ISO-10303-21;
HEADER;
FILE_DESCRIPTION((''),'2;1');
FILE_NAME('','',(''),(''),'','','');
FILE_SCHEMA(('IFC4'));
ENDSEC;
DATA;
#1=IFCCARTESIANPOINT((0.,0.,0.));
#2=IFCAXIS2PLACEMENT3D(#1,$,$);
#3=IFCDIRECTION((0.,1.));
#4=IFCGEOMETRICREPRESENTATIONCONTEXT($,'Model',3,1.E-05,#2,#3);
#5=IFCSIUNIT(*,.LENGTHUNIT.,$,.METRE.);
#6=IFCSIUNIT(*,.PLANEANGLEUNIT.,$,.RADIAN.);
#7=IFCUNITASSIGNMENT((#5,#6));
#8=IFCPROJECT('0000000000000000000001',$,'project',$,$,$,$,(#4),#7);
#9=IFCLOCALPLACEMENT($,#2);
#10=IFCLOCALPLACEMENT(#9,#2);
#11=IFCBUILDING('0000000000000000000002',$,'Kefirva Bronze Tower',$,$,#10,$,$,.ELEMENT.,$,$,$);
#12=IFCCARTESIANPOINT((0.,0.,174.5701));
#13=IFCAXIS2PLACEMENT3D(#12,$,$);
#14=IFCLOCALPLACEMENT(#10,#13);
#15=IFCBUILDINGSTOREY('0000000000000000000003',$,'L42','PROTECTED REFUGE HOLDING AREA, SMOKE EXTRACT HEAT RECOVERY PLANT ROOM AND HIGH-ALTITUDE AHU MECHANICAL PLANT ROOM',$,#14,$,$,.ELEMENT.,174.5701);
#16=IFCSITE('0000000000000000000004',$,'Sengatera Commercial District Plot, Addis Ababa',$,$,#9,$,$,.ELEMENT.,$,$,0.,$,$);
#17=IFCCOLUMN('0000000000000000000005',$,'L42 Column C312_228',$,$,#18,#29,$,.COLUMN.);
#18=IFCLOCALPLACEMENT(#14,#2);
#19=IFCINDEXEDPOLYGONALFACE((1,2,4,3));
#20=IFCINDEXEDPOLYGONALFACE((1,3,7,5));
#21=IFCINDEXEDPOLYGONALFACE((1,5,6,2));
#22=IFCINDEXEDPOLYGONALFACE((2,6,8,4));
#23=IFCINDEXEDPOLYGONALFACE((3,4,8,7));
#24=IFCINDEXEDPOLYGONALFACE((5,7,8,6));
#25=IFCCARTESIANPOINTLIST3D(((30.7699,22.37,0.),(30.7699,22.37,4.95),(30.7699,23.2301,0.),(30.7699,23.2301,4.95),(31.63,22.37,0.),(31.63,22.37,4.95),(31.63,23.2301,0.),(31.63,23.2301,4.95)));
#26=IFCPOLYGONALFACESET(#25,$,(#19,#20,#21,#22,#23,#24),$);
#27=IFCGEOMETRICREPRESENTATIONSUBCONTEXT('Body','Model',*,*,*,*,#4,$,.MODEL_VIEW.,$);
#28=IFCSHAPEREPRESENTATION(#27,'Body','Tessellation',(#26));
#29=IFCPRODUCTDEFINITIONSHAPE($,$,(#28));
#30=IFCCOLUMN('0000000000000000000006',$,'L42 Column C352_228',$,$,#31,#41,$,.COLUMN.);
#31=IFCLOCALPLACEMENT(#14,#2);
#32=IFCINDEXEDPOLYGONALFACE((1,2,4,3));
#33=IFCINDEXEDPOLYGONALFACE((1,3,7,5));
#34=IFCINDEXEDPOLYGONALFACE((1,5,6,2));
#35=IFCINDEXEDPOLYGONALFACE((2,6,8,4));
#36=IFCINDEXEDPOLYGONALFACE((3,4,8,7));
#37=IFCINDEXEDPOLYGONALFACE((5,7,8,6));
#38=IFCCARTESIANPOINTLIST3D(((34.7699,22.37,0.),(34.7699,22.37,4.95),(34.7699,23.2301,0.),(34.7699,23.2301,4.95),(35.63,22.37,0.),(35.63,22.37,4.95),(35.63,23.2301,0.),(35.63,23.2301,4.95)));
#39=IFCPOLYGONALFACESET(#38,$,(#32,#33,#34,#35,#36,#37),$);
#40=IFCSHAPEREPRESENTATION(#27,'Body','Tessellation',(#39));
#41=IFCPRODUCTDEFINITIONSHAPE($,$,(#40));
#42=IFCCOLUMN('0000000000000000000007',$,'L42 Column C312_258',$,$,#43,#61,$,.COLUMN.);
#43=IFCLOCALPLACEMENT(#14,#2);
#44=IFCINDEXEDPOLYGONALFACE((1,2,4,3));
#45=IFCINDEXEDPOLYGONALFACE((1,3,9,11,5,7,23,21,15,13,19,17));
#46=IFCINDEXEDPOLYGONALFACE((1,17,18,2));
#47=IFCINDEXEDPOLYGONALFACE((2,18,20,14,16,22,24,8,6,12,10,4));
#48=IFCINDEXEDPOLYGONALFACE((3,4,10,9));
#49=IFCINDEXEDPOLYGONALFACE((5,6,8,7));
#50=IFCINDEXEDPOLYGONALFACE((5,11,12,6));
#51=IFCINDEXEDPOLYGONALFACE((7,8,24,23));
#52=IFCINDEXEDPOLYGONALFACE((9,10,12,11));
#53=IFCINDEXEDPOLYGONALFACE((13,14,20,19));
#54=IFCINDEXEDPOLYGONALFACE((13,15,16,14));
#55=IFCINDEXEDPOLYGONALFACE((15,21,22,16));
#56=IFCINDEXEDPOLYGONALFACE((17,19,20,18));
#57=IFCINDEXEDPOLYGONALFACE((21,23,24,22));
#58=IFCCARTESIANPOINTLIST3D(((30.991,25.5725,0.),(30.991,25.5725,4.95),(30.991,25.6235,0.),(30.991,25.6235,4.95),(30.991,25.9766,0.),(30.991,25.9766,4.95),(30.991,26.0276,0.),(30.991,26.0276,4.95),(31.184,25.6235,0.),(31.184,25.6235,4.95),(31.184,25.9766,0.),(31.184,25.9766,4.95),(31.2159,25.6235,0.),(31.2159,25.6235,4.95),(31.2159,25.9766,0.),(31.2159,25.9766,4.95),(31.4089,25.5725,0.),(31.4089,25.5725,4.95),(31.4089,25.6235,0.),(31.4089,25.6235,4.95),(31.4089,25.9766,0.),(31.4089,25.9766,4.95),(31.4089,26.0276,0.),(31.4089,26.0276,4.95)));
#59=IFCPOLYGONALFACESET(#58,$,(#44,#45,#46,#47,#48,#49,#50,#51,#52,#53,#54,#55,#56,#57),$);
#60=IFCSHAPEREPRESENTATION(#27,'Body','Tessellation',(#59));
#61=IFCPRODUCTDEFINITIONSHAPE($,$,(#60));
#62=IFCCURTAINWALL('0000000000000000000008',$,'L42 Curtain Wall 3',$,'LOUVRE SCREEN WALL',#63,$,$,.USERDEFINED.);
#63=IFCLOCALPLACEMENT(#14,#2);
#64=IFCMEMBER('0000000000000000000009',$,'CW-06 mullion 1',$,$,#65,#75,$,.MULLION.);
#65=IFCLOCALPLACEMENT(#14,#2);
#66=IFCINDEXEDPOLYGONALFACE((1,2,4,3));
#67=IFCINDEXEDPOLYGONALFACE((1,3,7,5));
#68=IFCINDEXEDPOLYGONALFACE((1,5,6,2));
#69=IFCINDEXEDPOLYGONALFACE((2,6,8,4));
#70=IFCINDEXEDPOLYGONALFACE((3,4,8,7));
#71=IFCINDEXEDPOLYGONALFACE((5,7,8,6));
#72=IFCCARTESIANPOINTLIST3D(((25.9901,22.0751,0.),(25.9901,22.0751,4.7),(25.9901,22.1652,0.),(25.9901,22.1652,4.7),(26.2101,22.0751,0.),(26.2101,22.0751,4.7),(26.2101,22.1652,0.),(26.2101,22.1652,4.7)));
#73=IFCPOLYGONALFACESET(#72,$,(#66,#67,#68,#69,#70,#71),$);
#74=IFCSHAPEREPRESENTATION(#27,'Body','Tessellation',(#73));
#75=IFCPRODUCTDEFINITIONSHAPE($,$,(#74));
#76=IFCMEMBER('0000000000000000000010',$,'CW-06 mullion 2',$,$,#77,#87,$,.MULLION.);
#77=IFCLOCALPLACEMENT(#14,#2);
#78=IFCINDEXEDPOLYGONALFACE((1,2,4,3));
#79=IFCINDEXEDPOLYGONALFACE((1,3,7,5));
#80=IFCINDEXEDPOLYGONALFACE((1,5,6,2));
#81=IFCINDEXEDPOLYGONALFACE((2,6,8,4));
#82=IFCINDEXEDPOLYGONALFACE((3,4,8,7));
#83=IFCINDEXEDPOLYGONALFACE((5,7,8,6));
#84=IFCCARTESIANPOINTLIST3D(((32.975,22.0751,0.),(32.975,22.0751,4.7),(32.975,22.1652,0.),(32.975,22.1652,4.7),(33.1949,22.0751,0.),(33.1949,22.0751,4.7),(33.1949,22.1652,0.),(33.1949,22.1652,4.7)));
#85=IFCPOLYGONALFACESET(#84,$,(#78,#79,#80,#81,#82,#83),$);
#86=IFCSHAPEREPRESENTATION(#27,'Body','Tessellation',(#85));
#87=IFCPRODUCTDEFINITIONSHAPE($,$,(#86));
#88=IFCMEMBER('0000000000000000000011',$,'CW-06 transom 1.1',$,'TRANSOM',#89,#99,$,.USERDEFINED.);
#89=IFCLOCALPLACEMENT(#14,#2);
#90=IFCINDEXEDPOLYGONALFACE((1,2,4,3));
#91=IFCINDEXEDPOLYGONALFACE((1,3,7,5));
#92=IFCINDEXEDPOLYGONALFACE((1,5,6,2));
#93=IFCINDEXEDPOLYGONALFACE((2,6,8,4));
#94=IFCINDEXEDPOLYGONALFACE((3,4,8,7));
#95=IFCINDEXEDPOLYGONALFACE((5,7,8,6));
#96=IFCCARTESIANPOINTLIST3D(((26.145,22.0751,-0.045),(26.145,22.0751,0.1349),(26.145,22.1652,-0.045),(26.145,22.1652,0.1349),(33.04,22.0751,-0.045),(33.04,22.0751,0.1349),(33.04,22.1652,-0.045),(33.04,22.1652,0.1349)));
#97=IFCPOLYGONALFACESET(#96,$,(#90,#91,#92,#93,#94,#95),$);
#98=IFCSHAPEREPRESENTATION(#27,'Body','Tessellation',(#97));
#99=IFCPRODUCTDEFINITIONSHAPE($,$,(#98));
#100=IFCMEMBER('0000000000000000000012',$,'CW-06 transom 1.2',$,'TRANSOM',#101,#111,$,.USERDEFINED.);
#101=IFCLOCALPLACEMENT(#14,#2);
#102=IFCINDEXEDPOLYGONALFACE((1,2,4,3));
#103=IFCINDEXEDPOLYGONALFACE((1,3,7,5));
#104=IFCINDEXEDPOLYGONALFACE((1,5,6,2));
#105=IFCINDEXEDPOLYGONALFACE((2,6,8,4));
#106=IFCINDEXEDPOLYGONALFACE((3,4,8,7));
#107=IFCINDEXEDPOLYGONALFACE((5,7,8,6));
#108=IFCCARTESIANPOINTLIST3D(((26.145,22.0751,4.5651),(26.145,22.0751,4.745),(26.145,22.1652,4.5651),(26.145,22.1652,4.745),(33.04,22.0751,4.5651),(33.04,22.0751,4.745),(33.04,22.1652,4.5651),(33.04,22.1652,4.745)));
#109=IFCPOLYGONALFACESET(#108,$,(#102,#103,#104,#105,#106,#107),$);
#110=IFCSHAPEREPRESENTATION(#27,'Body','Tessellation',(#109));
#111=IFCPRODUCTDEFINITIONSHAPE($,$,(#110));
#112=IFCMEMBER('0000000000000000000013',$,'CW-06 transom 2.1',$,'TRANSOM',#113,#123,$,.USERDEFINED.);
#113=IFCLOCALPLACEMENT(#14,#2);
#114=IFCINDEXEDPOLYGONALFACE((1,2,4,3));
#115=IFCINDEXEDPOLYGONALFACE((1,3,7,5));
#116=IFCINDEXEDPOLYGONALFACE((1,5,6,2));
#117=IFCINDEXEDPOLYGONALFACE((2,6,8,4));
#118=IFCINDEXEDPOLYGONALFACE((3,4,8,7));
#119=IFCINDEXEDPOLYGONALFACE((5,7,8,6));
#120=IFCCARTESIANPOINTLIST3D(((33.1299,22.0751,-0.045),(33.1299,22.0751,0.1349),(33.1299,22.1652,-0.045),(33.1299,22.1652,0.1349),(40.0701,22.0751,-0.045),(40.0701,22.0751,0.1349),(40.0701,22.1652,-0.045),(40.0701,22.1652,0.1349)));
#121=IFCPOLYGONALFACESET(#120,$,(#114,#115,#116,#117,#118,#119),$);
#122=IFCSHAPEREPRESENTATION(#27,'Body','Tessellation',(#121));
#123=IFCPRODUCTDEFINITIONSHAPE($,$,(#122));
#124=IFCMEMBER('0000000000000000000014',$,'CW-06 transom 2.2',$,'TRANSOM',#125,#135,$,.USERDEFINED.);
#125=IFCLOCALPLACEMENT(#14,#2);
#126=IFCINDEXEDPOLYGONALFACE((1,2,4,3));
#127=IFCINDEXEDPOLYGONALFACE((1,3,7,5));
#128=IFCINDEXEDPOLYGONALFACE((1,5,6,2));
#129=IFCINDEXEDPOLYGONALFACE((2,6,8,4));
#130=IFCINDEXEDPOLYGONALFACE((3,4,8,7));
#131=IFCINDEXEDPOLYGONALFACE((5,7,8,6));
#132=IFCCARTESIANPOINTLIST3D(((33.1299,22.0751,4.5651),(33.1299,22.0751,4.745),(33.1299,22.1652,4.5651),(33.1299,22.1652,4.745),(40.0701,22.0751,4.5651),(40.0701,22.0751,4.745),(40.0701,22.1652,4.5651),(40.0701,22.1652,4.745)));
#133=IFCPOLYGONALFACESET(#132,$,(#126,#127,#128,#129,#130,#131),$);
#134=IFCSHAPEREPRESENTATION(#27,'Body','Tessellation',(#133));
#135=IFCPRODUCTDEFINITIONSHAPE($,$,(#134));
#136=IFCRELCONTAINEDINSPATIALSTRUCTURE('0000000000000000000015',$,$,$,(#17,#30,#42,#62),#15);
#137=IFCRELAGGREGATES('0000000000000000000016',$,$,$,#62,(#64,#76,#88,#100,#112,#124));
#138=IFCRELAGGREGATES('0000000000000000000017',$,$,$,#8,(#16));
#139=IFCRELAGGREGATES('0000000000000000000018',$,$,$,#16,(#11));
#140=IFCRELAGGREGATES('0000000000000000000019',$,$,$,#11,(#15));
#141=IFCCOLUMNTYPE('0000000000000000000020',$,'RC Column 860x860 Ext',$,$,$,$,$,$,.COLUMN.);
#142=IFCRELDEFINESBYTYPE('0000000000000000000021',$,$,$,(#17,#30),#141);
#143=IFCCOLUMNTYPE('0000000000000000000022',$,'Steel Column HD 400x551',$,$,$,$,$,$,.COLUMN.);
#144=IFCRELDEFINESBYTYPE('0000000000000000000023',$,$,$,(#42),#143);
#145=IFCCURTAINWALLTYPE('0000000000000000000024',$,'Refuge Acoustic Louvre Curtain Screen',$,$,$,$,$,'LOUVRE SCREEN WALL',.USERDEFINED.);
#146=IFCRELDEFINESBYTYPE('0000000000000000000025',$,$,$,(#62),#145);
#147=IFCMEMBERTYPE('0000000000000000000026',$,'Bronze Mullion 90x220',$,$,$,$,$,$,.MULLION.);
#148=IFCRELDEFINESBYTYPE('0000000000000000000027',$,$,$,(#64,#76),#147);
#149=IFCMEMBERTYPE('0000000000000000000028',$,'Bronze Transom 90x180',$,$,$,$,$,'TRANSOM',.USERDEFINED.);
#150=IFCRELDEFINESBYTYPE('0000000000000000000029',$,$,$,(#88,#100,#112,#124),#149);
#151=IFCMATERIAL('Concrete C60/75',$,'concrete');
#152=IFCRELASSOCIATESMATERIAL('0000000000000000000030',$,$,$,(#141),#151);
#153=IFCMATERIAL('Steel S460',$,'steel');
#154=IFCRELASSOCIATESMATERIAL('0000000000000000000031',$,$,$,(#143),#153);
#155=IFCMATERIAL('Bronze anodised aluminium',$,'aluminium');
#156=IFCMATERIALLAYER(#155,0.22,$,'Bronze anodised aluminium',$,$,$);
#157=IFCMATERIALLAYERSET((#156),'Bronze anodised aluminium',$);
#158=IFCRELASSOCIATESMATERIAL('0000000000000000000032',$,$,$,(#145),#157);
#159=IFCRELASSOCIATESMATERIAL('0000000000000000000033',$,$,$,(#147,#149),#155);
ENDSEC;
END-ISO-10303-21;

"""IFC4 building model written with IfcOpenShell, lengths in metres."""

from ifc_helpers import new_model, si_unit, direction, frame, origin, origin_2d, place, context, subcontext, project, spatial, rectangle, i_section, extrude, material, layer, layer_set, material_profile, profile_set, type_object, element, aggregate, save


model = new_model("IFC4")

# Units and contexts
model_context = context("Model", 3, precision=1e-05, world=origin(), true_north=direction((0.0, 1.0)))
body_context = subcontext(model_context, "Body", "Model", "MODEL_VIEW")
ifc_project = project(units=[si_unit("LENGTHUNIT", "METRE"), si_unit("PLANEANGLEUNIT", "RADIAN")], contexts=[model_context])

# Site, building, storey
site_placement = place(None, origin())
site = spatial("IfcSite", under=ifc_project, at=site_placement, Name="Sengatera Commercial District Plot, Addis Ababa", CompositionType="ELEMENT", RefElevation=0.0)
building_placement = place(site_placement, origin())
building = spatial("IfcBuilding", under=site, at=building_placement, Name="Kefirva Bronze Tower", CompositionType="ELEMENT")
storey_placement = place(building_placement, frame((0.0, 0.0, 174.5701)))
storey = spatial("IfcBuildingStorey", under=building, at=storey_placement, Name="L42", Description="PROTECTED REFUGE HOLDING AREA, SMOKE EXTRACT HEAT RECOVERY PLANT ROOM AND HIGH-ALTITUDE AHU MECHANICAL PLANT ROOM", CompositionType="ELEMENT", Elevation=174.5701)

# Columns
ifc_material_1 = material(Name="Concrete C60/75", Category="concrete")
ifc_material_profile_1 = material_profile(ifc_material_1, rectangle(XDim=0.8601, YDim=0.8601, at=origin_2d()), Name="RC 860x860")
ifc_profile_set_1 = profile_set([ifc_material_profile_1], Name="Concrete C60/75")
column_type_1 = type_object("IfcColumnType", Name="RC Column 860x860 Ext", PredefinedType="COLUMN", material=ifc_profile_set_1)
for number, where, z_axis, x_axis, name in (
    (1, (31.2, 22.8, 0.0), (0.0, 0.0, 1.0), (1.0, 0.0, 0.0), "L42 Column C312_228"),
    (2, (35.2, 22.8, 0.0), (0.0, 0.0, 1.0), (1.0, 0.0, 0.0), "L42 Column C352_228"),
):
    element("IfcColumn", number, at=place(storey_placement, frame(where, z_axis=z_axis, x_axis=x_axis)), inside=storey, type_object=column_type_1, Name=name, PredefinedType="COLUMN", context=body_context, shape_type="SweptSolid", body=[
        extrude(rectangle(XDim=0.8601, YDim=0.8601, at=origin_2d()), origin(), (0.0, 0.0, 1.0), 4.95),
    ])
ifc_material_2 = material(Name="Steel S460", Category="steel")
ifc_material_profile_2 = material_profile(ifc_material_2, i_section(OverallWidth=0.418, OverallDepth=0.4551, WebThickness=0.032, FlangeThickness=0.051, at=origin_2d()), Name="HD 400x551")
ifc_profile_set_2 = profile_set([ifc_material_profile_2], Name="Steel S460")
column_type_2 = type_object("IfcColumnType", Name="Steel Column HD 400x551", PredefinedType="COLUMN", material=ifc_profile_set_2)
column_placement = place(storey_placement, frame((31.2, 25.8, 0.0), z_axis=(0.0, 0.0, 1.0), x_axis=(1.0, 0.0, 0.0)))
element("IfcColumn", 3, at=column_placement, inside=storey, type_object=column_type_2, Name="L42 Column C312_258", PredefinedType="COLUMN", context=body_context, shape_type="SweptSolid", body=[
    extrude(i_section(OverallWidth=0.418, OverallDepth=0.4551, WebThickness=0.032, FlangeThickness=0.051, at=origin_2d()), origin(), (0.0, 0.0, 1.0), 4.95),
])

# Curtain wall, members
ifc_material_3 = material(Name="Bronze anodised aluminium", Category="aluminium")
ifc_layer_1 = layer(ifc_material_3, 0.22, Name="Bronze anodised aluminium")
ifc_layer_set_1 = layer_set([ifc_layer_1], Name="Bronze anodised aluminium")
curtain_wall_type = type_object("IfcCurtainWallType", Name="Refuge Acoustic Louvre Curtain Screen", ElementType="LOUVRE SCREEN WALL", PredefinedType="USERDEFINED", material=ifc_layer_set_1)
curtain_wall_placement = place(storey_placement, origin())
curtain_wall = element("IfcCurtainWall", 4, at=curtain_wall_placement, inside=storey, type_object=curtain_wall_type, Name="L42 Curtain Wall 3", ObjectType="LOUVRE SCREEN WALL", PredefinedType="USERDEFINED")
ifc_material_profile_3 = material_profile(ifc_material_3, rectangle(XDim=0.0901, YDim=0.22, at=origin_2d()), Name="ALU 90x220")
ifc_profile_set_3 = profile_set([ifc_material_profile_3], Name="Bronze anodised aluminium")
member_type_1 = type_object("IfcMemberType", Name="Bronze Mullion 90x220", PredefinedType="MULLION", material=ifc_profile_set_3)
member_1_placement = place(storey_placement, frame((26.1001, 22.1201, 0.0), z_axis=(0.0, 0.0, 1.0), x_axis=(0.0, 1.0, 0.0)))
member_1 = element("IfcMember", 5, at=member_1_placement, type_object=member_type_1, Name="CW-06 mullion 1", PredefinedType="MULLION", context=body_context, shape_type="SweptSolid", body=[
    extrude(rectangle(XDim=0.0901, YDim=0.22, at=origin_2d()), origin(), (0.0, 0.0, 1.0), 4.7),
])
member_2_placement = place(storey_placement, frame((33.085, 22.1201, 0.0), z_axis=(0.0, 0.0, 1.0), x_axis=(0.0, 1.0, 0.0)))
member_2 = element("IfcMember", 6, at=member_2_placement, type_object=member_type_1, Name="CW-06 mullion 2", PredefinedType="MULLION", context=body_context, shape_type="SweptSolid", body=[
    extrude(rectangle(XDim=0.0901, YDim=0.22, at=origin_2d()), origin(), (0.0, 0.0, 1.0), 4.7),
])
ifc_material_profile_4 = material_profile(ifc_material_3, rectangle(XDim=0.0901, YDim=0.1799, at=origin_2d()), Name="ALU 90x180")
ifc_profile_set_4 = profile_set([ifc_material_profile_4], Name="Bronze anodised aluminium")
member_type_2 = type_object("IfcMemberType", Name="Bronze Transom 90x180", ElementType="TRANSOM", PredefinedType="USERDEFINED", material=ifc_profile_set_4)
member_3_placement = place(storey_placement, frame((26.145, 22.1201, 0.0449), z_axis=(1.0, 0.0, 0.0), x_axis=(0.0, 1.0, 0.0)))
member_3 = element("IfcMember", 7, at=member_3_placement, type_object=member_type_2, Name="CW-06 transom 1.1", ObjectType="TRANSOM", PredefinedType="USERDEFINED", context=body_context, shape_type="SweptSolid", body=[
    extrude(rectangle(XDim=0.0901, YDim=0.1799, at=origin_2d()), origin(), (0.0, 0.0, 1.0), 6.895),
])
member_4_placement = place(storey_placement, frame((26.145, 22.1201, 4.655), z_axis=(1.0, 0.0, 0.0), x_axis=(0.0, 1.0, 0.0)))
member_4 = element("IfcMember", 8, at=member_4_placement, type_object=member_type_2, Name="CW-06 transom 1.2", ObjectType="TRANSOM", PredefinedType="USERDEFINED", context=body_context, shape_type="SweptSolid", body=[
    extrude(rectangle(XDim=0.0901, YDim=0.1799, at=origin_2d()), origin(), (0.0, 0.0, 1.0), 6.895),
])
member_5_placement = place(storey_placement, frame((33.1299, 22.1201, 0.0449), z_axis=(1.0, 0.0, 0.0), x_axis=(0.0, 1.0, 0.0)))
member_5 = element("IfcMember", 9, at=member_5_placement, type_object=member_type_2, Name="CW-06 transom 2.1", ObjectType="TRANSOM", PredefinedType="USERDEFINED", context=body_context, shape_type="SweptSolid", body=[
    extrude(rectangle(XDim=0.0901, YDim=0.1799, at=origin_2d()), origin(), (0.0, 0.0, 1.0), 6.9402),
])
member_6_placement = place(storey_placement, frame((33.1299, 22.1201, 4.655), z_axis=(1.0, 0.0, 0.0), x_axis=(0.0, 1.0, 0.0)))
member_6 = element("IfcMember", 10, at=member_6_placement, type_object=member_type_2, Name="CW-06 transom 2.2", ObjectType="TRANSOM", PredefinedType="USERDEFINED", context=body_context, shape_type="SweptSolid", body=[
    extrude(rectangle(XDim=0.0901, YDim=0.1799, at=origin_2d()), origin(), (0.0, 0.0, 1.0), 6.9402),
])

aggregate(curtain_wall, [member_1, member_2, member_3, member_4, member_5, member_6])

save(model, "model.ifc")
